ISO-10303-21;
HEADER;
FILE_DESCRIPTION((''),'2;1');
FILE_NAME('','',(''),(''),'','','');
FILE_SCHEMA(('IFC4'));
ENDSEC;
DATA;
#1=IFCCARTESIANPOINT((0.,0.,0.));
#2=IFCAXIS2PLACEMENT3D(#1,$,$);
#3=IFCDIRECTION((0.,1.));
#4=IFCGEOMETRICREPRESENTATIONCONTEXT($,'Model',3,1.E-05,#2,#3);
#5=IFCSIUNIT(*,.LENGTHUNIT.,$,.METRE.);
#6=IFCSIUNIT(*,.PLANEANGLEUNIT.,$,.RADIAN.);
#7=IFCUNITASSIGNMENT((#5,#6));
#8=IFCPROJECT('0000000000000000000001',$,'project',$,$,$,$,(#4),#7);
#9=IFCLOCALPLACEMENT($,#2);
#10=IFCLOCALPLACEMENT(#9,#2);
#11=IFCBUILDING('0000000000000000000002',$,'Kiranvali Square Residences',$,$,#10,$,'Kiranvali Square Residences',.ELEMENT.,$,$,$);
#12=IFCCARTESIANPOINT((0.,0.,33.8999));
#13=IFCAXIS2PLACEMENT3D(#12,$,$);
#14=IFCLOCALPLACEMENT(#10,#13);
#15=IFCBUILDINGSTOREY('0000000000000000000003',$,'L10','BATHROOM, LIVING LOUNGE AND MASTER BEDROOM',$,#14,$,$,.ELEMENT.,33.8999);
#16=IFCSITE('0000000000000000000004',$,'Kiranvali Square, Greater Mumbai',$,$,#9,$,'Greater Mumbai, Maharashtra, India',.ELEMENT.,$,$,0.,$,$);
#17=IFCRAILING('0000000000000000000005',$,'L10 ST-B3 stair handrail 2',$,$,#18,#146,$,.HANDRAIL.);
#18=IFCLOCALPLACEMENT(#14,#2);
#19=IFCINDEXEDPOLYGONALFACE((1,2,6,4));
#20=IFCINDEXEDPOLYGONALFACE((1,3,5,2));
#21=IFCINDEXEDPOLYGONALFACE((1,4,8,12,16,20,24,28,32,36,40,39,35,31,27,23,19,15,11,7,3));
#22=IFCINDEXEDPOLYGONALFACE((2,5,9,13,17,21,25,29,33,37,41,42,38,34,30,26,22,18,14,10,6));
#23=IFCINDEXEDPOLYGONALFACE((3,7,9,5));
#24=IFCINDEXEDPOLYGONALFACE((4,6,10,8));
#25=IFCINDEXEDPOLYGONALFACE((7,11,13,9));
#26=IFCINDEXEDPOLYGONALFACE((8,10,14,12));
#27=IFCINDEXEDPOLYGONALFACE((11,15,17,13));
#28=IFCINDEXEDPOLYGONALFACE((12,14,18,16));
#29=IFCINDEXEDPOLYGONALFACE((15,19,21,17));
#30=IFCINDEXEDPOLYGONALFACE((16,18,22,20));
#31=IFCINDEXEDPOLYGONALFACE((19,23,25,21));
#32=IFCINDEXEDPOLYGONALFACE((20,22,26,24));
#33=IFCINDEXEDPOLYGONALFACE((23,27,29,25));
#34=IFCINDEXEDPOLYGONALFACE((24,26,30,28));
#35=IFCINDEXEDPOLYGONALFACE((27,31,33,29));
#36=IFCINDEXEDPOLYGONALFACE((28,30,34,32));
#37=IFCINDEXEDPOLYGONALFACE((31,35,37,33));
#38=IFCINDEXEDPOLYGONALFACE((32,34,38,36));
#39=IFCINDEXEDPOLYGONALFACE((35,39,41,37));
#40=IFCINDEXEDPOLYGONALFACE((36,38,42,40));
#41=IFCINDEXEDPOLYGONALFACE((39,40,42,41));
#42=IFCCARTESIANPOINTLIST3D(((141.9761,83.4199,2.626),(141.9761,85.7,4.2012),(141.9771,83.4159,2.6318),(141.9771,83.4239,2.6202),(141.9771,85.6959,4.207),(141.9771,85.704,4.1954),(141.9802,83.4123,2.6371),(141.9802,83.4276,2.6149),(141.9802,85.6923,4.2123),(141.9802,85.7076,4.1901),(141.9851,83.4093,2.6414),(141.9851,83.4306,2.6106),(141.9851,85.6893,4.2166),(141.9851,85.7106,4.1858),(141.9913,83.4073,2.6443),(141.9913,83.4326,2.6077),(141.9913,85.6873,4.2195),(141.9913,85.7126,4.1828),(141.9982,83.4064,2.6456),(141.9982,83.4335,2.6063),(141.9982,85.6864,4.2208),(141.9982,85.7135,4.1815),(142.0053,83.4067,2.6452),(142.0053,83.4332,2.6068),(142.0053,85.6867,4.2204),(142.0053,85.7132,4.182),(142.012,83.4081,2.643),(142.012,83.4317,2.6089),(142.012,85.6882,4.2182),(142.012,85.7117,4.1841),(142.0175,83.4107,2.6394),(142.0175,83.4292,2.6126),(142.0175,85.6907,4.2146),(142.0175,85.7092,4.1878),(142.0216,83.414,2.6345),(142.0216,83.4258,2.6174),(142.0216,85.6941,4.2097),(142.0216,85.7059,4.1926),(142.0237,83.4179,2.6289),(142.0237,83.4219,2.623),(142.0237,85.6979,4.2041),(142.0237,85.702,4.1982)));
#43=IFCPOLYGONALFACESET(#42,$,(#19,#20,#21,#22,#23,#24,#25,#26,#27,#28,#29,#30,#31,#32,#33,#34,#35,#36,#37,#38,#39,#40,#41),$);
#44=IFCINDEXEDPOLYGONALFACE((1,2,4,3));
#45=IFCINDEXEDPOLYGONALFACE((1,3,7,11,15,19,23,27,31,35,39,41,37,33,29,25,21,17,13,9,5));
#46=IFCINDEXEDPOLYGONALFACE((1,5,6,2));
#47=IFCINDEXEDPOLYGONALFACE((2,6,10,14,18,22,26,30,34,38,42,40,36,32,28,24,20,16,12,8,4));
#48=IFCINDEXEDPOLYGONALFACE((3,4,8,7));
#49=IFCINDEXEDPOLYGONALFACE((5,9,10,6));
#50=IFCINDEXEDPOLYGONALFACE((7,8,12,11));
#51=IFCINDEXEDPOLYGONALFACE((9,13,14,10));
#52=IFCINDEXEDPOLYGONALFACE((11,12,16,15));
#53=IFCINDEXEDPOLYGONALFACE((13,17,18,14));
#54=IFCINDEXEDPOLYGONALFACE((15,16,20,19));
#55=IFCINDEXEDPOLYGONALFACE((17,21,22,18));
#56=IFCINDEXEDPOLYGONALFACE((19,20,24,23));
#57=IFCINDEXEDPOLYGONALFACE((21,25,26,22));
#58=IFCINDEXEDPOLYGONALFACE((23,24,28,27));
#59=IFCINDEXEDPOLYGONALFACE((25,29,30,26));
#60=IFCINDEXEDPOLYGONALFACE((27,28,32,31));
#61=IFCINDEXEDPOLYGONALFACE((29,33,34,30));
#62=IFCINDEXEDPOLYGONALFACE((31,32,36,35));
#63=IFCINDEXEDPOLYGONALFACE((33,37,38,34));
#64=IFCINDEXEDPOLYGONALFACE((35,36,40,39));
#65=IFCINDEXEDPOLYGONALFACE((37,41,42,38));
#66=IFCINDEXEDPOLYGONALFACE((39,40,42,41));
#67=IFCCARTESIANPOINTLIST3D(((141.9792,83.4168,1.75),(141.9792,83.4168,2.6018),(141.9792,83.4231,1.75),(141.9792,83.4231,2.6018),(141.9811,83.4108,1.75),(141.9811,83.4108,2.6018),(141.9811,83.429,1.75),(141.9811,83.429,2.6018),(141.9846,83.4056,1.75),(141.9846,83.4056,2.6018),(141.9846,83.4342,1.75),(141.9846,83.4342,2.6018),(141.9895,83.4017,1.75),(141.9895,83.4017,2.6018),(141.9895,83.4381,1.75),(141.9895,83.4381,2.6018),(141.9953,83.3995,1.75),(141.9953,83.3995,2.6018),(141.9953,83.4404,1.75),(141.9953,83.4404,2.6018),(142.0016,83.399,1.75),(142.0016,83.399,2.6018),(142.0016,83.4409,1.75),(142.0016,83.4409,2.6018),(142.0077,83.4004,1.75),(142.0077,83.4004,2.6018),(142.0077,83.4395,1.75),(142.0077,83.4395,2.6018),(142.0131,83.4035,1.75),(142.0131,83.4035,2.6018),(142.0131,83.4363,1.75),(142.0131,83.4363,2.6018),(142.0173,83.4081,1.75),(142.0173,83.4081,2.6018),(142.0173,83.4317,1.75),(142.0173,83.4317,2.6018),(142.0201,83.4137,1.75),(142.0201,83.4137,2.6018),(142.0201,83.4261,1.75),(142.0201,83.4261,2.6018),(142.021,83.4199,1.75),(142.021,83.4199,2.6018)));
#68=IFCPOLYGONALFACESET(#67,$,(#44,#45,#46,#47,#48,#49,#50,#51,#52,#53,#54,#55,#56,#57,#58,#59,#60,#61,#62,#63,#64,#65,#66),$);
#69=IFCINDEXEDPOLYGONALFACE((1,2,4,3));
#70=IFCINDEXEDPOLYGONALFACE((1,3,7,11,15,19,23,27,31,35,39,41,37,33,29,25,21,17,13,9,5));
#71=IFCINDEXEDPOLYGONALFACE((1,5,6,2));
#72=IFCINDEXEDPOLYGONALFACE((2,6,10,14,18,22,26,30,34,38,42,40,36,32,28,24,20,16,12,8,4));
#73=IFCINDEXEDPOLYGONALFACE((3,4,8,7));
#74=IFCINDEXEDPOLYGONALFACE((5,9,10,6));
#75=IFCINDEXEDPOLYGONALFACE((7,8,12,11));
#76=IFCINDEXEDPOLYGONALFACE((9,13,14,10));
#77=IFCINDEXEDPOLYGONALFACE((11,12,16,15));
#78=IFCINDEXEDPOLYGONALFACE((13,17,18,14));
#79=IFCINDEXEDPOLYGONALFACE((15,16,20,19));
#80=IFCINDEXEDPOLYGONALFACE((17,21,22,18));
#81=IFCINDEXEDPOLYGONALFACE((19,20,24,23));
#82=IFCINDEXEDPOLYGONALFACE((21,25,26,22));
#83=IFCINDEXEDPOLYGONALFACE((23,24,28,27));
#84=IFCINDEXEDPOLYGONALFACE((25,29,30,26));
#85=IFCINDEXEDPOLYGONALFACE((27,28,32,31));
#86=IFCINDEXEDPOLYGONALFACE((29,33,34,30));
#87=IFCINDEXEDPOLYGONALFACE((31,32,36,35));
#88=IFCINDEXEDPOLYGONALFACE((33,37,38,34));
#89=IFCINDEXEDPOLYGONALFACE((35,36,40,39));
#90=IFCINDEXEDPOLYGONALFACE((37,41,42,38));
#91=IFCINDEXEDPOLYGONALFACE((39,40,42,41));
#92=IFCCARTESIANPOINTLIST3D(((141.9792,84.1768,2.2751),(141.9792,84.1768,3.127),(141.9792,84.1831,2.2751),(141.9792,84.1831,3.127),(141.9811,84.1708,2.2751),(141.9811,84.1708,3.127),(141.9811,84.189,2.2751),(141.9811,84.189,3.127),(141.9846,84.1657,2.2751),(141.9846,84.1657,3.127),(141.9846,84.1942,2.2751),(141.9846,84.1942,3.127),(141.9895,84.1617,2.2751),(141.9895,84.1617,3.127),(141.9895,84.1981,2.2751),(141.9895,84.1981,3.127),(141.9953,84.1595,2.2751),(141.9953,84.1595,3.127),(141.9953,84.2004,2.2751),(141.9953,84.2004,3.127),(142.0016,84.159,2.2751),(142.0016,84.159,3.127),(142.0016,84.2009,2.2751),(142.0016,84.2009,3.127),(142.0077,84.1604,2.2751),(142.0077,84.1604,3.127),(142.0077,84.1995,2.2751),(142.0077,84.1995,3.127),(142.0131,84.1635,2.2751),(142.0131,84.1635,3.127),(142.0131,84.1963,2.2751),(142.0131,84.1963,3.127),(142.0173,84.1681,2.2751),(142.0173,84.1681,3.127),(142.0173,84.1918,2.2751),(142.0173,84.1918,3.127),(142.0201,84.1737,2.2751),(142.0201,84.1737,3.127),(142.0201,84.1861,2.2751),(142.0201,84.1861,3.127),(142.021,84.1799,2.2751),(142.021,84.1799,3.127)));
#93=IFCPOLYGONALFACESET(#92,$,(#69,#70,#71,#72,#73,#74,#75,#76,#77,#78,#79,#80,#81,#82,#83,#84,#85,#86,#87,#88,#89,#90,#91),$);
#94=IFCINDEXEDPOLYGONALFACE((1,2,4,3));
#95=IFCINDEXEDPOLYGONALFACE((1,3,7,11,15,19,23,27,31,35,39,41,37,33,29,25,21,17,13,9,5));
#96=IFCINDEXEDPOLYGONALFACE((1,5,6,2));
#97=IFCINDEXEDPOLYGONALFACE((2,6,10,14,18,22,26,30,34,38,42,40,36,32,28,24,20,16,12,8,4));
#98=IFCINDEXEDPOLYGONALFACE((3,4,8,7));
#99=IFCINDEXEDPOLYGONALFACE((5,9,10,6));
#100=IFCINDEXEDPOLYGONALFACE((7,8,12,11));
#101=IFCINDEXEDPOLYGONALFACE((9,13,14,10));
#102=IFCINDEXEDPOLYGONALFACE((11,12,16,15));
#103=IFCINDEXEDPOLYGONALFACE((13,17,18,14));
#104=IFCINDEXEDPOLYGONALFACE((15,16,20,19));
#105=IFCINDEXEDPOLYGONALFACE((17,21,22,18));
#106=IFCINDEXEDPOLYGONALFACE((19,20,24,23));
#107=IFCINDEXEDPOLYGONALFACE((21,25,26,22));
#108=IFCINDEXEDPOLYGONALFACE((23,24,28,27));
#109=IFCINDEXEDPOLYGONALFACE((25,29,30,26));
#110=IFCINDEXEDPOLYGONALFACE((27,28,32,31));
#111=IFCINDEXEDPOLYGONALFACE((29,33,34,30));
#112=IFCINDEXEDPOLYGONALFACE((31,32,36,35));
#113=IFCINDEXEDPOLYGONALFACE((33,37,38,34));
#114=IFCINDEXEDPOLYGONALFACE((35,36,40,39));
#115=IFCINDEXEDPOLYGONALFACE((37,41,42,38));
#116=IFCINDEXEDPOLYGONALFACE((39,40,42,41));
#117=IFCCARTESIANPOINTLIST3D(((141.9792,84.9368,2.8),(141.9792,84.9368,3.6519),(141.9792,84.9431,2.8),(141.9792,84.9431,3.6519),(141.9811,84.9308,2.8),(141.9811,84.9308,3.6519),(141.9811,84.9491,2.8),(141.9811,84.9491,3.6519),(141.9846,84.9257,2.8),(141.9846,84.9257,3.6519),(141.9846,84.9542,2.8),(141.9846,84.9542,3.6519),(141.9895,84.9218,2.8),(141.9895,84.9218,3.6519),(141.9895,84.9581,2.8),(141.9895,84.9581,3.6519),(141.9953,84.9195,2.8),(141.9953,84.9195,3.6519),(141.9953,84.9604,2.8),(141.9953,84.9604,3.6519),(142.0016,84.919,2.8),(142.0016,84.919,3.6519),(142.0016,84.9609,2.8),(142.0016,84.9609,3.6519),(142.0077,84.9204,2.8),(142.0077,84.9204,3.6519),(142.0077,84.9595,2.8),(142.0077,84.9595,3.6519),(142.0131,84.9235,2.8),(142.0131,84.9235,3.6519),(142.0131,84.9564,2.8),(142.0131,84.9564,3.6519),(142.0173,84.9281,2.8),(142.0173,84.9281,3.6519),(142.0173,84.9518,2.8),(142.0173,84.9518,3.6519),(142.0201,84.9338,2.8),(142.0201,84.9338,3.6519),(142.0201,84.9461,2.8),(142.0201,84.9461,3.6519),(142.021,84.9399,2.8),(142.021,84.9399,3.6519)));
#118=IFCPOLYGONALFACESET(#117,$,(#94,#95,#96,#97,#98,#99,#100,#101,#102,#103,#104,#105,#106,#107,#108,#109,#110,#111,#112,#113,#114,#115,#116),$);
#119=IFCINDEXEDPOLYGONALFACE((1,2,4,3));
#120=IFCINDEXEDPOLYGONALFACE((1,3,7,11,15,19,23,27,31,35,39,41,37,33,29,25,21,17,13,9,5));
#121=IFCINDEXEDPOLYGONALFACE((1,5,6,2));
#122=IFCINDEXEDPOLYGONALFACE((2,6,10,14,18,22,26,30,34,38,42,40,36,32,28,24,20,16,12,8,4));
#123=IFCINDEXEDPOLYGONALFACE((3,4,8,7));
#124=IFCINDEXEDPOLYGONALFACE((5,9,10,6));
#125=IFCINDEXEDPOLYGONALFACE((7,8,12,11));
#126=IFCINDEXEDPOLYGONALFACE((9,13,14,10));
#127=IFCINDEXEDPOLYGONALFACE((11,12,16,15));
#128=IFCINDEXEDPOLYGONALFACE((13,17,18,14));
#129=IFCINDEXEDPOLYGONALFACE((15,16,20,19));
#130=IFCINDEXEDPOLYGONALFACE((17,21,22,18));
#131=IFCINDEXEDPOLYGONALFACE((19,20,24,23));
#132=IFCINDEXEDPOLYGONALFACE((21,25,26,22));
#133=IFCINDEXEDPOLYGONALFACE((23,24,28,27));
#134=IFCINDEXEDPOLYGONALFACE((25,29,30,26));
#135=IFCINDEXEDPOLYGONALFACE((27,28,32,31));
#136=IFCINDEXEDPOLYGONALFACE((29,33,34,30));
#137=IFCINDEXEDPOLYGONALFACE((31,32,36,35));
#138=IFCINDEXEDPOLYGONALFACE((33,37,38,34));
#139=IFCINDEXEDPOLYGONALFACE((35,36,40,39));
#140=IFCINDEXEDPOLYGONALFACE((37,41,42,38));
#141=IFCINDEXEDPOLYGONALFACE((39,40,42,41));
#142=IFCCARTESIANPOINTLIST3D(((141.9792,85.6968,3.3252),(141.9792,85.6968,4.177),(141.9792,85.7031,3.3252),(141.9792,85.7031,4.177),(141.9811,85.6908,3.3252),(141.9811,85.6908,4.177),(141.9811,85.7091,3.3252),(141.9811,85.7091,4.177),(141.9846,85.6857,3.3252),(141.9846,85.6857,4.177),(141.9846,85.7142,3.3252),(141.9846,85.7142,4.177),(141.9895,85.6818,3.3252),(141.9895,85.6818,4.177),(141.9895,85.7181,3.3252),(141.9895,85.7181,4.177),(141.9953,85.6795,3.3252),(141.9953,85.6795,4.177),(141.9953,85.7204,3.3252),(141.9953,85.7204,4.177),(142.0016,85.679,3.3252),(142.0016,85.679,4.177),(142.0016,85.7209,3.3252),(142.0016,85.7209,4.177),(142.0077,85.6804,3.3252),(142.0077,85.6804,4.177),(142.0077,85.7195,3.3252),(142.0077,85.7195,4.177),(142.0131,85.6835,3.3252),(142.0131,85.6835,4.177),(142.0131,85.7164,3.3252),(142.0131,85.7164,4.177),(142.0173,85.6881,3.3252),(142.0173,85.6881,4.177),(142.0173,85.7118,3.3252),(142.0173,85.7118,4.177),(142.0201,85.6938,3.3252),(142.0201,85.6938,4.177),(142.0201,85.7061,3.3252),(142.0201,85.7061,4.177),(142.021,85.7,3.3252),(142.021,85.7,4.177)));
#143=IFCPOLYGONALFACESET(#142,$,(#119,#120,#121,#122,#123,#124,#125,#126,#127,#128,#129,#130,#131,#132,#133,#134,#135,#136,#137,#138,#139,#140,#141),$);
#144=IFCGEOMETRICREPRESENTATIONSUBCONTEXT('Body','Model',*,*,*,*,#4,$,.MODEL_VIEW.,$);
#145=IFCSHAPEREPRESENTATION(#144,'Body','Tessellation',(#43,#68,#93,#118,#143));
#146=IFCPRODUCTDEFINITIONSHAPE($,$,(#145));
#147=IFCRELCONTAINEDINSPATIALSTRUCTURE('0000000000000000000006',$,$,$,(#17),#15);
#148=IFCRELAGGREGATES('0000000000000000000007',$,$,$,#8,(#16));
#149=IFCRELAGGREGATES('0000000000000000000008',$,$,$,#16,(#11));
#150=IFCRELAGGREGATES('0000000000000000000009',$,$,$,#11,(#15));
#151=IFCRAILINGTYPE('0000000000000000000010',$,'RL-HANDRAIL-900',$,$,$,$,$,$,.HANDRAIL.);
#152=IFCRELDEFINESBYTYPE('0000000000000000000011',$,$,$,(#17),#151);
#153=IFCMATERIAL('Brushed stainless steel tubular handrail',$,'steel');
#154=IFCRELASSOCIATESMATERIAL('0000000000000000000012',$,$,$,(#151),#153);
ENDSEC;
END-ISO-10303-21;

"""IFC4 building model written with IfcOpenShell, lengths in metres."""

from ifc_helpers import new_model, si_unit, direction, frame, origin, origin_2d, place, context, subcontext, project, spatial, circle, extrude, material, type_object, element, save


model = new_model("IFC4")

# Units and contexts
model_context = context("Model", 3, precision=1e-05, world=origin(), true_north=direction((0.0, 1.0)))
body_context = subcontext(model_context, "Body", "Model", "MODEL_VIEW")
ifc_project = project(units=[si_unit("LENGTHUNIT", "METRE"), si_unit("PLANEANGLEUNIT", "RADIAN")], contexts=[model_context])

# Site, building, storey
site_placement = place(None, origin())
site = spatial("IfcSite", under=ifc_project, at=site_placement, Name="Kiranvali Square, Greater Mumbai", LongName="Greater Mumbai, Maharashtra, India", CompositionType="ELEMENT", RefElevation=0.0)
building_placement = place(site_placement, origin())
building = spatial("IfcBuilding", under=site, at=building_placement, Name="Kiranvali Square Residences", LongName="Kiranvali Square Residences", CompositionType="ELEMENT")
storey_placement = place(building_placement, frame((0.0, 0.0, 33.8999)))
storey = spatial("IfcBuildingStorey", under=building, at=storey_placement, Name="L10", Description="BATHROOM, LIVING LOUNGE AND MASTER BEDROOM", CompositionType="ELEMENT", Elevation=33.8999)

# Railing
ifc_material_1 = material(Name="Brushed stainless steel tubular handrail", Category="steel")
railing_type_1 = type_object("IfcRailingType", Name="RL-HANDRAIL-900", PredefinedType="HANDRAIL", material=ifc_material_1)
railing_1_placement = place(storey_placement, frame((142.0, 83.4199, 1.75)))
element("IfcRailing", 1, at=railing_1_placement, inside=storey, type_object=railing_type_1, Name="L10 ST-B3 stair handrail 2", PredefinedType="HANDRAIL", context=body_context, shape_type="SweptSolid", body=[
    extrude(circle(Radius=0.0239, at=origin_2d()), frame((0.0, 0.0, 0.876), z_axis=(0.0, 0.822747, 0.568408), x_axis=(-1.0, 0.0, 0.0)), (0.0, 0.0, 1.0), 2.7712),
    extrude(circle(Radius=0.021, at=origin_2d()), origin(), (0.0, 0.0, 1.0), 0.8518),
    extrude(circle(Radius=0.021, at=origin_2d()), frame((0.0, 0.76, 0.5251)), (0.0, 0.0, 1.0), 0.8518),
    extrude(circle(Radius=0.021, at=origin_2d()), frame((0.0, 1.52, 1.05)), (0.0, 0.0, 1.0), 0.8518),
    extrude(circle(Radius=0.021, at=origin_2d()), frame((0.0, 2.28, 1.5752)), (0.0, 0.0, 1.0), 0.8518),
])

save(model, "model.ifc")
